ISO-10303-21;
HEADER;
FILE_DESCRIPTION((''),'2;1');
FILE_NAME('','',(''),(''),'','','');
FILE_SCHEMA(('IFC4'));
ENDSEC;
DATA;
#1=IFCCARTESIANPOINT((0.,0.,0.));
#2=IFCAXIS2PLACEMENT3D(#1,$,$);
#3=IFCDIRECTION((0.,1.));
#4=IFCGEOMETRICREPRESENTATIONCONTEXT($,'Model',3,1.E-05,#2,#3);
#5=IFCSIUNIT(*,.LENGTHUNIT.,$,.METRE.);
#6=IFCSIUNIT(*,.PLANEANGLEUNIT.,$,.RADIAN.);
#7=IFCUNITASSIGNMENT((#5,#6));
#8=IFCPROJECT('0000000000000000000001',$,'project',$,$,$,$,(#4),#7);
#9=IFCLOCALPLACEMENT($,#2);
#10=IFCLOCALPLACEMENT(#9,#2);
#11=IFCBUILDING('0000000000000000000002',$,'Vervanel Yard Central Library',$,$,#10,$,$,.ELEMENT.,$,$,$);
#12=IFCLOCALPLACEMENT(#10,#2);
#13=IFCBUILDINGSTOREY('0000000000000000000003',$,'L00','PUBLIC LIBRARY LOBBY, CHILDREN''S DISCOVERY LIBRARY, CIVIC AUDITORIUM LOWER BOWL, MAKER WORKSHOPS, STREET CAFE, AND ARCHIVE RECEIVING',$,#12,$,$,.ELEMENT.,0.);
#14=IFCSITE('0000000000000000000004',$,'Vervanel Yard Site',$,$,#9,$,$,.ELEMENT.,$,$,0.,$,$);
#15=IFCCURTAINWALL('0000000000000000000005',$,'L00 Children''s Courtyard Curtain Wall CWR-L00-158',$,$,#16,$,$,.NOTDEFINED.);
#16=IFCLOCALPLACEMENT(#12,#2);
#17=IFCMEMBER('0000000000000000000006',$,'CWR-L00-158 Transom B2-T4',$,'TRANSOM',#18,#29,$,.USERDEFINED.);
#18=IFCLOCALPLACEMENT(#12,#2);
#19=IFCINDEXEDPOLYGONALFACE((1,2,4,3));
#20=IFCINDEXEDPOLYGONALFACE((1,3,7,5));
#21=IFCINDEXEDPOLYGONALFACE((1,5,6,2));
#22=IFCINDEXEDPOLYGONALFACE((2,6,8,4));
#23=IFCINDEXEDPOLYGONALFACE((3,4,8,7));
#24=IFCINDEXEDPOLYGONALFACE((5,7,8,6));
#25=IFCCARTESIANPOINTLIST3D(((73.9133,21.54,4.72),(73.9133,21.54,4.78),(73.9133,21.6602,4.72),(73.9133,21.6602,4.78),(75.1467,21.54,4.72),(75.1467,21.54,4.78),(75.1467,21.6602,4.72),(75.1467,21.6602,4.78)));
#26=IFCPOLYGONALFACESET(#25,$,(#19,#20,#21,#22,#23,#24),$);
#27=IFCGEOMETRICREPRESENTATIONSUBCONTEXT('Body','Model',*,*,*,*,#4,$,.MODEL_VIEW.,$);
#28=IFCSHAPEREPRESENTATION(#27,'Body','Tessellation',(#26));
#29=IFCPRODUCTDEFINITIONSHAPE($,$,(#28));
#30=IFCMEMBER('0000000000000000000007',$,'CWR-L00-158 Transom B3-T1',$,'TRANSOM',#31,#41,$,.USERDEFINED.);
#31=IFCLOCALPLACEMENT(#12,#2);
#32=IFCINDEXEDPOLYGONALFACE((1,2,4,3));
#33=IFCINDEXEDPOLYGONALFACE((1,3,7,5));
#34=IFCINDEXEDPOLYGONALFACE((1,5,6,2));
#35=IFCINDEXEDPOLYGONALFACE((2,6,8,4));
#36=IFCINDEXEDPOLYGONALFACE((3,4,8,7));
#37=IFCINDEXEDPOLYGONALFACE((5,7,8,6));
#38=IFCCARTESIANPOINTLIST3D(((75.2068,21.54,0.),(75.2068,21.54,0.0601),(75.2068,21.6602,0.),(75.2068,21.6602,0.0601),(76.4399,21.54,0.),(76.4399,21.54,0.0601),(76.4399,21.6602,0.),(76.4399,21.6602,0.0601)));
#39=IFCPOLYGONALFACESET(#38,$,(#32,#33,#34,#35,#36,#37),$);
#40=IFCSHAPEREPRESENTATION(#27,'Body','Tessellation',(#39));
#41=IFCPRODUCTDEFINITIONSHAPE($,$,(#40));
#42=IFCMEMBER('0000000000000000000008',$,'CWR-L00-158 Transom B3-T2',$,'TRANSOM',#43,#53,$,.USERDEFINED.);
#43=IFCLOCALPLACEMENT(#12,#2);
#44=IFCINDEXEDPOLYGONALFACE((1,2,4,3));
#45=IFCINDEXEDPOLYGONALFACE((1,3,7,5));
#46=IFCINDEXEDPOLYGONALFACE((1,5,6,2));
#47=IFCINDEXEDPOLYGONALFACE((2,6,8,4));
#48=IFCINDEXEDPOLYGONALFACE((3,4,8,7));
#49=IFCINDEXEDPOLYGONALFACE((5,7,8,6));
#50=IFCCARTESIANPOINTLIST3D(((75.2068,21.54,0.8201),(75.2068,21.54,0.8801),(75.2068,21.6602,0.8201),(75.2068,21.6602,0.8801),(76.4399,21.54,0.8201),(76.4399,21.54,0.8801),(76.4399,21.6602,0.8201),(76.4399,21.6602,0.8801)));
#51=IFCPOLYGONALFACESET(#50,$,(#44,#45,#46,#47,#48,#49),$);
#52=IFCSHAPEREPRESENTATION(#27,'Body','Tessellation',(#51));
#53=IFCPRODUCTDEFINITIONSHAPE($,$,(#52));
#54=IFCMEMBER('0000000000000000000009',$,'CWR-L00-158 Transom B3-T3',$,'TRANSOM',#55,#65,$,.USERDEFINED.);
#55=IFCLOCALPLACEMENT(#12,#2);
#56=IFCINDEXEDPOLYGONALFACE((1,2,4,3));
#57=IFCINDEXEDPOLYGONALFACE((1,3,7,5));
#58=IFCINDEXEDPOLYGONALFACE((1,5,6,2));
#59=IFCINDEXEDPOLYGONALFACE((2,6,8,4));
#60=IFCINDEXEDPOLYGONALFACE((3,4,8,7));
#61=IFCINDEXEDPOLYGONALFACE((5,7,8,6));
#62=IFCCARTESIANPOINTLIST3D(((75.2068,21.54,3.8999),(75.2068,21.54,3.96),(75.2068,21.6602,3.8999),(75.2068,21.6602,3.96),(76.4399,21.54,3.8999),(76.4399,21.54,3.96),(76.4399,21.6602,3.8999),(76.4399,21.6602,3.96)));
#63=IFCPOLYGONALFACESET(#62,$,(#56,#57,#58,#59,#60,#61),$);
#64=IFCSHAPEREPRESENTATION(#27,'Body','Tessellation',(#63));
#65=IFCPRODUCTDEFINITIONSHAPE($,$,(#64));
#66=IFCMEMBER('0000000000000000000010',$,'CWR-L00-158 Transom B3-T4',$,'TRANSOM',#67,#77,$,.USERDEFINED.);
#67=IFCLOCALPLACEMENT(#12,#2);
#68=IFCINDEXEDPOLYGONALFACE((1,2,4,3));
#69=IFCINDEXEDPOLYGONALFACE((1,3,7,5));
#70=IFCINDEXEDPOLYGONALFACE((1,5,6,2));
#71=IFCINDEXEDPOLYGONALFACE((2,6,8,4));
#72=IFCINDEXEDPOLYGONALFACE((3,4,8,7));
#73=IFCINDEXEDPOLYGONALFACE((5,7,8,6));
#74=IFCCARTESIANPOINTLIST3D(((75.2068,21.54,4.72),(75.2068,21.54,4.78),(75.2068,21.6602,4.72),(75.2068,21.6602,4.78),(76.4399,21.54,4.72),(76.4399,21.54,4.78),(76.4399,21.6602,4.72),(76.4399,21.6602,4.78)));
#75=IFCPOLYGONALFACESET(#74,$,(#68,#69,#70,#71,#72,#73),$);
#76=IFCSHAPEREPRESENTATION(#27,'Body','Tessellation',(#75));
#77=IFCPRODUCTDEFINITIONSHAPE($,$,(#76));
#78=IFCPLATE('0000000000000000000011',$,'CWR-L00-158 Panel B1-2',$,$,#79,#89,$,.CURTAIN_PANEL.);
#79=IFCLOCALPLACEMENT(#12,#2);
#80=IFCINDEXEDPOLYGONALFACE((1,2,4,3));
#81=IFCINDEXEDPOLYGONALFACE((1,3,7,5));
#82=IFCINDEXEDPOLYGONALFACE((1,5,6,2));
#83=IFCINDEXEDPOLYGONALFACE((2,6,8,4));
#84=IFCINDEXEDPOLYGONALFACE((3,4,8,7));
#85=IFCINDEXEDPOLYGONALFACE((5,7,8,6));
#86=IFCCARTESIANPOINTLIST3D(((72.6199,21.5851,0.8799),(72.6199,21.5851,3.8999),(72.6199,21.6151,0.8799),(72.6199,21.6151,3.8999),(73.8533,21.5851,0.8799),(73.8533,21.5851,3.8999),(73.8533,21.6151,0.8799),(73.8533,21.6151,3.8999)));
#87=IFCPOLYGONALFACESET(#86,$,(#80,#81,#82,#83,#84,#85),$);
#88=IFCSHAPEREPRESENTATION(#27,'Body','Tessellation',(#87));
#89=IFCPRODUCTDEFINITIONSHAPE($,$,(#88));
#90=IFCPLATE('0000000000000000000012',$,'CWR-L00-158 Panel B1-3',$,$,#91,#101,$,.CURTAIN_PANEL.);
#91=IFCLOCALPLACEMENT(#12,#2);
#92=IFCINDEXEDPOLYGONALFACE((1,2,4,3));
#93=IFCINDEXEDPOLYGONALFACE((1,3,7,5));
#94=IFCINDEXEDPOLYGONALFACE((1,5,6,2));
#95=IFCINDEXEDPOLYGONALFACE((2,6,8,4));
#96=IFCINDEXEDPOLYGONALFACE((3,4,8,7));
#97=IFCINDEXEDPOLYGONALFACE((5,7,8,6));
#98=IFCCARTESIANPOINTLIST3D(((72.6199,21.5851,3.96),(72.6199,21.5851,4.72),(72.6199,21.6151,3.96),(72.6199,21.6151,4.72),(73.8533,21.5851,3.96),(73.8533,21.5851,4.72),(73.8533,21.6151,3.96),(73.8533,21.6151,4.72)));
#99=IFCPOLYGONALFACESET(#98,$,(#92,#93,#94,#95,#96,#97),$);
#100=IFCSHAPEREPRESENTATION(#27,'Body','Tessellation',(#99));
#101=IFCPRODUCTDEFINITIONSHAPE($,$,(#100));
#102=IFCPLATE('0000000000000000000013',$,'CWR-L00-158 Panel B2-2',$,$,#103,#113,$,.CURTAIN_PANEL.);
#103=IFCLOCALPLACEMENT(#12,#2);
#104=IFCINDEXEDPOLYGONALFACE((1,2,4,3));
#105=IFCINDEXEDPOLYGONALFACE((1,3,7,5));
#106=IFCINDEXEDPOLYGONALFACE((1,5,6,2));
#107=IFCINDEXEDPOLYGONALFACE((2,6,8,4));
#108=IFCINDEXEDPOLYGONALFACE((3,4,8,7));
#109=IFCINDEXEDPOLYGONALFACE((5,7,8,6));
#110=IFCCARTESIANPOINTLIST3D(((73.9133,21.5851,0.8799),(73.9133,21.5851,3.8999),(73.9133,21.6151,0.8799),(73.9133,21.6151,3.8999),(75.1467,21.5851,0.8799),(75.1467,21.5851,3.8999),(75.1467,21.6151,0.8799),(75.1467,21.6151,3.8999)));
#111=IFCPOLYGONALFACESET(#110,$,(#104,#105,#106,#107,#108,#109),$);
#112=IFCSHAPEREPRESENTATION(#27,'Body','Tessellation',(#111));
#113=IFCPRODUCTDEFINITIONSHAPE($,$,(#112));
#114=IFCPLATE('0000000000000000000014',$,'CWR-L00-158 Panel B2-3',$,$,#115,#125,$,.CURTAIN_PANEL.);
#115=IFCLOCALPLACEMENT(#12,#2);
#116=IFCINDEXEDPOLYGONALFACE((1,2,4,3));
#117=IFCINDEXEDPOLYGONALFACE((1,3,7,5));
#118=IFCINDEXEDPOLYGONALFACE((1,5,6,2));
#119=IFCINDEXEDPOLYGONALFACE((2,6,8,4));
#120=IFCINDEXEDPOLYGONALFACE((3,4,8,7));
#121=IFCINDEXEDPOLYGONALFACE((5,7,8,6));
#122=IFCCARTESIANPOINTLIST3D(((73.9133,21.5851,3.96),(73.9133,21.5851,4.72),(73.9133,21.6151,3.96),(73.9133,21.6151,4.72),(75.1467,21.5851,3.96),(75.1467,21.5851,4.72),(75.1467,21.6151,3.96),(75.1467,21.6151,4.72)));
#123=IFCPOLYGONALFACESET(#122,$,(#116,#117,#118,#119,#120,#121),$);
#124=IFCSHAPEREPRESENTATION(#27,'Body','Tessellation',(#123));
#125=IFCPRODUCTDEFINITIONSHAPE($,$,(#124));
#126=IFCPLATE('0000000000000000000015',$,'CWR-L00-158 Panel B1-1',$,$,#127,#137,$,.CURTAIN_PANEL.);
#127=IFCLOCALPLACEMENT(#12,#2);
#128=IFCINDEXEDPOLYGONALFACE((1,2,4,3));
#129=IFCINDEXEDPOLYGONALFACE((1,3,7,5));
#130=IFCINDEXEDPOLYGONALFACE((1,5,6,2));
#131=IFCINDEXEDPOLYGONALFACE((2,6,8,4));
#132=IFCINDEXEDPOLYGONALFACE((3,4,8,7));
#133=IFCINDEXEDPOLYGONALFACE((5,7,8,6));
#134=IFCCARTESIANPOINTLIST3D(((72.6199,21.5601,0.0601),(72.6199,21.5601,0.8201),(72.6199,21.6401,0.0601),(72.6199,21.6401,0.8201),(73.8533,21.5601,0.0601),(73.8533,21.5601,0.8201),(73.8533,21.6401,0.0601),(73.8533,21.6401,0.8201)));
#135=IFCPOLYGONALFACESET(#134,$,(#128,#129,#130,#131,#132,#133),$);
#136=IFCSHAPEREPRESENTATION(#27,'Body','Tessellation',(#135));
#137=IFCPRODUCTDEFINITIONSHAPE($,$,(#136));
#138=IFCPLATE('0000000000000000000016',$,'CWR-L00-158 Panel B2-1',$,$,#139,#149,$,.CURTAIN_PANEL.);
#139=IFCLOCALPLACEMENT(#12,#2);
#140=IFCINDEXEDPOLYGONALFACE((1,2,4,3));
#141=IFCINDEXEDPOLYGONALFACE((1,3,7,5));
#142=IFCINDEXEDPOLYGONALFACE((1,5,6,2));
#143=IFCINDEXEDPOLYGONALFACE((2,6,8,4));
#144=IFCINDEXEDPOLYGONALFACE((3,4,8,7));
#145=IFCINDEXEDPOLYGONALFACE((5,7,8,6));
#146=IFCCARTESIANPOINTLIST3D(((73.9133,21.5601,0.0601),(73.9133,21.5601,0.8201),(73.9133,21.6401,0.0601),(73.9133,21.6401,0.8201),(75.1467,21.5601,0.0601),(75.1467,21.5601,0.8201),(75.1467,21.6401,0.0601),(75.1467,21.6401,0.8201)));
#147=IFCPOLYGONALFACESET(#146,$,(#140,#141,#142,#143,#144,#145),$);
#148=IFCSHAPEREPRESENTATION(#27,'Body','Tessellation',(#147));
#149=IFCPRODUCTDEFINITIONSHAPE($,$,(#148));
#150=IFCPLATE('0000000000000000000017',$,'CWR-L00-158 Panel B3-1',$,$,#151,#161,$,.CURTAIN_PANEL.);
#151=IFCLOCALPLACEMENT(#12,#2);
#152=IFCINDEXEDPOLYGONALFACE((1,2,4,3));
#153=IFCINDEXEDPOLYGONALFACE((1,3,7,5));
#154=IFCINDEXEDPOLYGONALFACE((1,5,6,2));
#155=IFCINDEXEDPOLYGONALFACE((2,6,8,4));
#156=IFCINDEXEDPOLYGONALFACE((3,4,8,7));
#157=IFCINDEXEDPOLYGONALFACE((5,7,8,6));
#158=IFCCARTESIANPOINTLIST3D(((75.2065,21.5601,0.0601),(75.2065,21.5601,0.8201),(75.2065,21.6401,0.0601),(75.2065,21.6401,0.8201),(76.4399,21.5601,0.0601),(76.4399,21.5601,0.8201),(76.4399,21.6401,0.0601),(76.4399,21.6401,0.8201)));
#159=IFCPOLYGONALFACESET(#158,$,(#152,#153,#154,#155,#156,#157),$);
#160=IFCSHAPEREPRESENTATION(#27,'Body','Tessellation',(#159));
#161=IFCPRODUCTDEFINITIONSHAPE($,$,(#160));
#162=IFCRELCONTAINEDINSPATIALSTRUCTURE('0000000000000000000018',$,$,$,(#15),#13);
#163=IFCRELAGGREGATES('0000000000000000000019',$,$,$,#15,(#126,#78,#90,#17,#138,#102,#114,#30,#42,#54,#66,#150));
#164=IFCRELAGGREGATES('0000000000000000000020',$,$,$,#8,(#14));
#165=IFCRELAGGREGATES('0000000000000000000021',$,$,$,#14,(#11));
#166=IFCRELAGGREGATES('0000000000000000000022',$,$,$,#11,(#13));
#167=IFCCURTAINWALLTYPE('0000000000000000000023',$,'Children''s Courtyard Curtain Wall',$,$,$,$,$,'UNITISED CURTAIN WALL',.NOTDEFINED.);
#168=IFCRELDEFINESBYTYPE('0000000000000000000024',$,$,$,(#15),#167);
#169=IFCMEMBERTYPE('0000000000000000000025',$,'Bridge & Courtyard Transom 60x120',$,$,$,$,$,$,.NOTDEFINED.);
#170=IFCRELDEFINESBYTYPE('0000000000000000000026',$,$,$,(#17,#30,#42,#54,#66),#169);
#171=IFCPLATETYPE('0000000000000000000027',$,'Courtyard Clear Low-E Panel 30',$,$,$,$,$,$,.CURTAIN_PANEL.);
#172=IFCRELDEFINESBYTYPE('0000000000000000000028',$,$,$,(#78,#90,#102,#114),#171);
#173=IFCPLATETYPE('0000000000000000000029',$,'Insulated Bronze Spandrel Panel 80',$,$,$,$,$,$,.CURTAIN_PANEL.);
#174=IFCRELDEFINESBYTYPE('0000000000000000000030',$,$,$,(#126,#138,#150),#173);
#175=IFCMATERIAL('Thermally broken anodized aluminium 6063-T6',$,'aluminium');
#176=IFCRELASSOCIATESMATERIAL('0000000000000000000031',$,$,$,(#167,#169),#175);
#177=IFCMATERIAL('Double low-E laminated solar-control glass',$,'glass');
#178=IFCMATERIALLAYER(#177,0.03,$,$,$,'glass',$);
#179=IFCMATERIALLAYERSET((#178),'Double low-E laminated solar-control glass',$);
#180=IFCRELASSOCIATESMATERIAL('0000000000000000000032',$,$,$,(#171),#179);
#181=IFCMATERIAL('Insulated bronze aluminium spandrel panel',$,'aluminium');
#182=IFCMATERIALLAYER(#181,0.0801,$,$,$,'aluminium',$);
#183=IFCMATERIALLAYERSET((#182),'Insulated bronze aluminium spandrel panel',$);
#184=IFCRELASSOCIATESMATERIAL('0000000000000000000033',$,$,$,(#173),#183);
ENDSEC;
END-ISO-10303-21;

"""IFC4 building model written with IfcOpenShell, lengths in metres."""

from ifc_helpers import new_model, si_unit, direction, frame, origin, origin_2d, place, context, subcontext, project, spatial, rectangle, extrude, material, layer, layer_set, material_profile, profile_set, type_object, element, aggregate, save


model = new_model("IFC4")

# Units and contexts
model_context = context("Model", 3, precision=1e-05, world=origin(), true_north=direction((0.0, 1.0)))
body_context = subcontext(model_context, "Body", "Model", "MODEL_VIEW")
ifc_project = project(units=[si_unit("LENGTHUNIT", "METRE"), si_unit("PLANEANGLEUNIT", "RADIAN")], contexts=[model_context])

# Site, building, storey
site_placement = place(None, origin())
site = spatial("IfcSite", under=ifc_project, at=site_placement, Name="Vervanel Yard Site", CompositionType="ELEMENT", RefElevation=0.0)
building_placement = place(site_placement, origin())
building = spatial("IfcBuilding", under=site, at=building_placement, Name="Vervanel Yard Central Library", CompositionType="ELEMENT")
storey_placement = place(building_placement, origin())
storey = spatial("IfcBuildingStorey", under=building, at=storey_placement, Name="L00", Description="PUBLIC LIBRARY LOBBY, CHILDREN'S DISCOVERY LIBRARY, CIVIC AUDITORIUM LOWER BOWL, MAKER WORKSHOPS, STREET CAFE, AND ARCHIVE RECEIVING", CompositionType="ELEMENT", Elevation=0.0)

# Curtain wall, members, plates
ifc_material_1 = material(Name="Thermally broken anodized aluminium 6063-T6", Category="aluminium")
curtain_wall_type = type_object("IfcCurtainWallType", Name="Children's Courtyard Curtain Wall", ElementType="UNITISED CURTAIN WALL", PredefinedType="NOTDEFINED", material=ifc_material_1)
curtain_wall_placement = place(storey_placement, origin())
curtain_wall = element("IfcCurtainWall", 1, at=curtain_wall_placement, inside=storey, type_object=curtain_wall_type, Name="L00 Children's Courtyard Curtain Wall CWR-L00-158", PredefinedType="NOTDEFINED")
ifc_material_profile_1 = material_profile(ifc_material_1, rectangle(XDim=0.0601, YDim=0.1201, at=origin_2d()), Name="ALU 60x120", Category="aluminium")
ifc_profile_set_1 = profile_set([ifc_material_profile_1], Name="Thermally broken anodized aluminium 6063-T6")
member_type_1 = type_object("IfcMemberType", Name="Bridge & Courtyard Transom 60x120", PredefinedType="NOTDEFINED", material=ifc_profile_set_1)
member_1_placement = place(storey_placement, frame((73.9133, 21.6001, 4.75), z_axis=(1.0, 0.0, 0.0), x_axis=(0.0, 0.0, 1.0)))
member_1 = element("IfcMember", 2, at=member_1_placement, type_object=member_type_1, Name="CWR-L00-158 Transom B2-T4", ObjectType="TRANSOM", PredefinedType="USERDEFINED", context=body_context, shape_type="SweptSolid", body=[
    extrude(rectangle(XDim=0.0601, YDim=0.1201, at=origin_2d()), origin(), (0.0, 0.0, 1.0), 1.2334),
])
member_2_placement = place(storey_placement, frame((75.2068, 21.6001, 0.03), z_axis=(1.0, 0.0, 0.0), x_axis=(0.0, 0.0, 1.0)))
member_2 = element("IfcMember", 3, at=member_2_placement, type_object=member_type_1, Name="CWR-L00-158 Transom B3-T1", ObjectType="TRANSOM", PredefinedType="USERDEFINED", context=body_context, shape_type="SweptSolid", body=[
    extrude(rectangle(XDim=0.0601, YDim=0.1201, at=origin_2d()), origin(), (0.0, 0.0, 1.0), 1.2332),
])
member_3_placement = place(storey_placement, frame((75.2068, 21.6001, 0.8501), z_axis=(1.0, 0.0, 0.0), x_axis=(0.0, 0.0, 1.0)))
member_3 = element("IfcMember", 4, at=member_3_placement, type_object=member_type_1, Name="CWR-L00-158 Transom B3-T2", ObjectType="TRANSOM", PredefinedType="USERDEFINED", context=body_context, shape_type="SweptSolid", body=[
    extrude(rectangle(XDim=0.0601, YDim=0.1201, at=origin_2d()), origin(), (0.0, 0.0, 1.0), 1.2332),
])
member_4_placement = place(storey_placement, frame((75.2068, 21.6001, 3.9299), z_axis=(1.0, 0.0, 0.0), x_axis=(0.0, 0.0, 1.0)))
member_4 = element("IfcMember", 5, at=member_4_placement, type_object=member_type_1, Name="CWR-L00-158 Transom B3-T3", ObjectType="TRANSOM", PredefinedType="USERDEFINED", context=body_context, shape_type="SweptSolid", body=[
    extrude(rectangle(XDim=0.0601, YDim=0.1201, at=origin_2d()), origin(), (0.0, 0.0, 1.0), 1.2332),
])
member_5_placement = place(storey_placement, frame((75.2068, 21.6001, 4.75), z_axis=(1.0, 0.0, 0.0), x_axis=(0.0, 0.0, 1.0)))
member_5 = element("IfcMember", 6, at=member_5_placement, type_object=member_type_1, Name="CWR-L00-158 Transom B3-T4", ObjectType="TRANSOM", PredefinedType="USERDEFINED", context=body_context, shape_type="SweptSolid", body=[
    extrude(rectangle(XDim=0.0601, YDim=0.1201, at=origin_2d()), origin(), (0.0, 0.0, 1.0), 1.2332),
])
ifc_material_2 = material(Name="Double low-E laminated solar-control glass", Category="glass")
ifc_layer_1 = layer(ifc_material_2, 0.03, Category="glass")
ifc_layer_set_1 = layer_set([ifc_layer_1], Name="Double low-E laminated solar-control glass")
plate_type_1 = type_object("IfcPlateType", Name="Courtyard Clear Low-E Panel 30", PredefinedType="CURTAIN_PANEL", material=ifc_layer_set_1)
plate_1_placement = place(storey_placement, frame((73.2366, 21.6001, 0.8799), z_axis=(0.0, 0.0, 1.0), x_axis=(1.0, 0.0, 0.0)))
plate_1 = element("IfcPlate", 7, at=plate_1_placement, type_object=plate_type_1, Name="CWR-L00-158 Panel B1-2", PredefinedType="CURTAIN_PANEL", context=body_context, shape_type="SweptSolid", body=[
    extrude(rectangle(XDim=1.2334, YDim=0.03, at=origin_2d()), origin(), (0.0, 0.0, 1.0), 3.02),
])
plate_2_placement = place(storey_placement, frame((73.2366, 21.6001, 3.96), z_axis=(0.0, 0.0, 1.0), x_axis=(1.0, 0.0, 0.0)))
plate_2 = element("IfcPlate", 8, at=plate_2_placement, type_object=plate_type_1, Name="CWR-L00-158 Panel B1-3", PredefinedType="CURTAIN_PANEL", context=body_context, shape_type="SweptSolid", body=[
    extrude(rectangle(XDim=1.2334, YDim=0.03, at=origin_2d()), origin(), (0.0, 0.0, 1.0), 0.76),
])
plate_3_placement = place(storey_placement, frame((74.53, 21.6001, 0.8799), z_axis=(0.0, 0.0, 1.0), x_axis=(1.0, 0.0, 0.0)))
plate_3 = element("IfcPlate", 9, at=plate_3_placement, type_object=plate_type_1, Name="CWR-L00-158 Panel B2-2", PredefinedType="CURTAIN_PANEL", context=body_context, shape_type="SweptSolid", body=[
    extrude(rectangle(XDim=1.2334, YDim=0.03, at=origin_2d()), origin(), (0.0, 0.0, 1.0), 3.02),
])
plate_4_placement = place(storey_placement, frame((74.53, 21.6001, 3.96), z_axis=(0.0, 0.0, 1.0), x_axis=(1.0, 0.0, 0.0)))
plate_4 = element("IfcPlate", 10, at=plate_4_placement, type_object=plate_type_1, Name="CWR-L00-158 Panel B2-3", PredefinedType="CURTAIN_PANEL", context=body_context, shape_type="SweptSolid", body=[
    extrude(rectangle(XDim=1.2334, YDim=0.03, at=origin_2d()), origin(), (0.0, 0.0, 1.0), 0.76),
])
ifc_material_3 = material(Name="Insulated bronze aluminium spandrel panel", Category="aluminium")
ifc_layer_2 = layer(ifc_material_3, 0.0801, Category="aluminium")
ifc_layer_set_2 = layer_set([ifc_layer_2], Name="Insulated bronze aluminium spandrel panel")
plate_type_2 = type_object("IfcPlateType", Name="Insulated Bronze Spandrel Panel 80", PredefinedType="CURTAIN_PANEL", material=ifc_layer_set_2)
plate_5_placement = place(storey_placement, frame((73.2366, 21.6001, 0.0601), z_axis=(0.0, 0.0, 1.0), x_axis=(1.0, 0.0, 0.0)))
plate_5 = element("IfcPlate", 11, at=plate_5_placement, type_object=plate_type_2, Name="CWR-L00-158 Panel B1-1", PredefinedType="CURTAIN_PANEL", context=body_context, shape_type="SweptSolid", body=[
    extrude(rectangle(XDim=1.2334, YDim=0.0801, at=origin_2d()), origin(), (0.0, 0.0, 1.0), 0.76),
])
plate_6_placement = place(storey_placement, frame((74.53, 21.6001, 0.0601), z_axis=(0.0, 0.0, 1.0), x_axis=(1.0, 0.0, 0.0)))
plate_6 = element("IfcPlate", 12, at=plate_6_placement, type_object=plate_type_2, Name="CWR-L00-158 Panel B2-1", PredefinedType="CURTAIN_PANEL", context=body_context, shape_type="SweptSolid", body=[
    extrude(rectangle(XDim=1.2334, YDim=0.0801, at=origin_2d()), origin(), (0.0, 0.0, 1.0), 0.76),
])
plate_7_placement = place(storey_placement, frame((75.8232, 21.6001, 0.0601), z_axis=(0.0, 0.0, 1.0), x_axis=(1.0, 0.0, 0.0)))
plate_7 = element("IfcPlate", 13, at=plate_7_placement, type_object=plate_type_2, Name="CWR-L00-158 Panel B3-1", PredefinedType="CURTAIN_PANEL", context=body_context, shape_type="SweptSolid", body=[
    extrude(rectangle(XDim=1.2334, YDim=0.0801, at=origin_2d()), origin(), (0.0, 0.0, 1.0), 0.76),
])
aggregate(curtain_wall, [plate_5, plate_1, plate_2, member_1, plate_6, plate_3, plate_4, member_2, member_3, member_4, member_5, plate_7])

save(model, "model.ifc")
